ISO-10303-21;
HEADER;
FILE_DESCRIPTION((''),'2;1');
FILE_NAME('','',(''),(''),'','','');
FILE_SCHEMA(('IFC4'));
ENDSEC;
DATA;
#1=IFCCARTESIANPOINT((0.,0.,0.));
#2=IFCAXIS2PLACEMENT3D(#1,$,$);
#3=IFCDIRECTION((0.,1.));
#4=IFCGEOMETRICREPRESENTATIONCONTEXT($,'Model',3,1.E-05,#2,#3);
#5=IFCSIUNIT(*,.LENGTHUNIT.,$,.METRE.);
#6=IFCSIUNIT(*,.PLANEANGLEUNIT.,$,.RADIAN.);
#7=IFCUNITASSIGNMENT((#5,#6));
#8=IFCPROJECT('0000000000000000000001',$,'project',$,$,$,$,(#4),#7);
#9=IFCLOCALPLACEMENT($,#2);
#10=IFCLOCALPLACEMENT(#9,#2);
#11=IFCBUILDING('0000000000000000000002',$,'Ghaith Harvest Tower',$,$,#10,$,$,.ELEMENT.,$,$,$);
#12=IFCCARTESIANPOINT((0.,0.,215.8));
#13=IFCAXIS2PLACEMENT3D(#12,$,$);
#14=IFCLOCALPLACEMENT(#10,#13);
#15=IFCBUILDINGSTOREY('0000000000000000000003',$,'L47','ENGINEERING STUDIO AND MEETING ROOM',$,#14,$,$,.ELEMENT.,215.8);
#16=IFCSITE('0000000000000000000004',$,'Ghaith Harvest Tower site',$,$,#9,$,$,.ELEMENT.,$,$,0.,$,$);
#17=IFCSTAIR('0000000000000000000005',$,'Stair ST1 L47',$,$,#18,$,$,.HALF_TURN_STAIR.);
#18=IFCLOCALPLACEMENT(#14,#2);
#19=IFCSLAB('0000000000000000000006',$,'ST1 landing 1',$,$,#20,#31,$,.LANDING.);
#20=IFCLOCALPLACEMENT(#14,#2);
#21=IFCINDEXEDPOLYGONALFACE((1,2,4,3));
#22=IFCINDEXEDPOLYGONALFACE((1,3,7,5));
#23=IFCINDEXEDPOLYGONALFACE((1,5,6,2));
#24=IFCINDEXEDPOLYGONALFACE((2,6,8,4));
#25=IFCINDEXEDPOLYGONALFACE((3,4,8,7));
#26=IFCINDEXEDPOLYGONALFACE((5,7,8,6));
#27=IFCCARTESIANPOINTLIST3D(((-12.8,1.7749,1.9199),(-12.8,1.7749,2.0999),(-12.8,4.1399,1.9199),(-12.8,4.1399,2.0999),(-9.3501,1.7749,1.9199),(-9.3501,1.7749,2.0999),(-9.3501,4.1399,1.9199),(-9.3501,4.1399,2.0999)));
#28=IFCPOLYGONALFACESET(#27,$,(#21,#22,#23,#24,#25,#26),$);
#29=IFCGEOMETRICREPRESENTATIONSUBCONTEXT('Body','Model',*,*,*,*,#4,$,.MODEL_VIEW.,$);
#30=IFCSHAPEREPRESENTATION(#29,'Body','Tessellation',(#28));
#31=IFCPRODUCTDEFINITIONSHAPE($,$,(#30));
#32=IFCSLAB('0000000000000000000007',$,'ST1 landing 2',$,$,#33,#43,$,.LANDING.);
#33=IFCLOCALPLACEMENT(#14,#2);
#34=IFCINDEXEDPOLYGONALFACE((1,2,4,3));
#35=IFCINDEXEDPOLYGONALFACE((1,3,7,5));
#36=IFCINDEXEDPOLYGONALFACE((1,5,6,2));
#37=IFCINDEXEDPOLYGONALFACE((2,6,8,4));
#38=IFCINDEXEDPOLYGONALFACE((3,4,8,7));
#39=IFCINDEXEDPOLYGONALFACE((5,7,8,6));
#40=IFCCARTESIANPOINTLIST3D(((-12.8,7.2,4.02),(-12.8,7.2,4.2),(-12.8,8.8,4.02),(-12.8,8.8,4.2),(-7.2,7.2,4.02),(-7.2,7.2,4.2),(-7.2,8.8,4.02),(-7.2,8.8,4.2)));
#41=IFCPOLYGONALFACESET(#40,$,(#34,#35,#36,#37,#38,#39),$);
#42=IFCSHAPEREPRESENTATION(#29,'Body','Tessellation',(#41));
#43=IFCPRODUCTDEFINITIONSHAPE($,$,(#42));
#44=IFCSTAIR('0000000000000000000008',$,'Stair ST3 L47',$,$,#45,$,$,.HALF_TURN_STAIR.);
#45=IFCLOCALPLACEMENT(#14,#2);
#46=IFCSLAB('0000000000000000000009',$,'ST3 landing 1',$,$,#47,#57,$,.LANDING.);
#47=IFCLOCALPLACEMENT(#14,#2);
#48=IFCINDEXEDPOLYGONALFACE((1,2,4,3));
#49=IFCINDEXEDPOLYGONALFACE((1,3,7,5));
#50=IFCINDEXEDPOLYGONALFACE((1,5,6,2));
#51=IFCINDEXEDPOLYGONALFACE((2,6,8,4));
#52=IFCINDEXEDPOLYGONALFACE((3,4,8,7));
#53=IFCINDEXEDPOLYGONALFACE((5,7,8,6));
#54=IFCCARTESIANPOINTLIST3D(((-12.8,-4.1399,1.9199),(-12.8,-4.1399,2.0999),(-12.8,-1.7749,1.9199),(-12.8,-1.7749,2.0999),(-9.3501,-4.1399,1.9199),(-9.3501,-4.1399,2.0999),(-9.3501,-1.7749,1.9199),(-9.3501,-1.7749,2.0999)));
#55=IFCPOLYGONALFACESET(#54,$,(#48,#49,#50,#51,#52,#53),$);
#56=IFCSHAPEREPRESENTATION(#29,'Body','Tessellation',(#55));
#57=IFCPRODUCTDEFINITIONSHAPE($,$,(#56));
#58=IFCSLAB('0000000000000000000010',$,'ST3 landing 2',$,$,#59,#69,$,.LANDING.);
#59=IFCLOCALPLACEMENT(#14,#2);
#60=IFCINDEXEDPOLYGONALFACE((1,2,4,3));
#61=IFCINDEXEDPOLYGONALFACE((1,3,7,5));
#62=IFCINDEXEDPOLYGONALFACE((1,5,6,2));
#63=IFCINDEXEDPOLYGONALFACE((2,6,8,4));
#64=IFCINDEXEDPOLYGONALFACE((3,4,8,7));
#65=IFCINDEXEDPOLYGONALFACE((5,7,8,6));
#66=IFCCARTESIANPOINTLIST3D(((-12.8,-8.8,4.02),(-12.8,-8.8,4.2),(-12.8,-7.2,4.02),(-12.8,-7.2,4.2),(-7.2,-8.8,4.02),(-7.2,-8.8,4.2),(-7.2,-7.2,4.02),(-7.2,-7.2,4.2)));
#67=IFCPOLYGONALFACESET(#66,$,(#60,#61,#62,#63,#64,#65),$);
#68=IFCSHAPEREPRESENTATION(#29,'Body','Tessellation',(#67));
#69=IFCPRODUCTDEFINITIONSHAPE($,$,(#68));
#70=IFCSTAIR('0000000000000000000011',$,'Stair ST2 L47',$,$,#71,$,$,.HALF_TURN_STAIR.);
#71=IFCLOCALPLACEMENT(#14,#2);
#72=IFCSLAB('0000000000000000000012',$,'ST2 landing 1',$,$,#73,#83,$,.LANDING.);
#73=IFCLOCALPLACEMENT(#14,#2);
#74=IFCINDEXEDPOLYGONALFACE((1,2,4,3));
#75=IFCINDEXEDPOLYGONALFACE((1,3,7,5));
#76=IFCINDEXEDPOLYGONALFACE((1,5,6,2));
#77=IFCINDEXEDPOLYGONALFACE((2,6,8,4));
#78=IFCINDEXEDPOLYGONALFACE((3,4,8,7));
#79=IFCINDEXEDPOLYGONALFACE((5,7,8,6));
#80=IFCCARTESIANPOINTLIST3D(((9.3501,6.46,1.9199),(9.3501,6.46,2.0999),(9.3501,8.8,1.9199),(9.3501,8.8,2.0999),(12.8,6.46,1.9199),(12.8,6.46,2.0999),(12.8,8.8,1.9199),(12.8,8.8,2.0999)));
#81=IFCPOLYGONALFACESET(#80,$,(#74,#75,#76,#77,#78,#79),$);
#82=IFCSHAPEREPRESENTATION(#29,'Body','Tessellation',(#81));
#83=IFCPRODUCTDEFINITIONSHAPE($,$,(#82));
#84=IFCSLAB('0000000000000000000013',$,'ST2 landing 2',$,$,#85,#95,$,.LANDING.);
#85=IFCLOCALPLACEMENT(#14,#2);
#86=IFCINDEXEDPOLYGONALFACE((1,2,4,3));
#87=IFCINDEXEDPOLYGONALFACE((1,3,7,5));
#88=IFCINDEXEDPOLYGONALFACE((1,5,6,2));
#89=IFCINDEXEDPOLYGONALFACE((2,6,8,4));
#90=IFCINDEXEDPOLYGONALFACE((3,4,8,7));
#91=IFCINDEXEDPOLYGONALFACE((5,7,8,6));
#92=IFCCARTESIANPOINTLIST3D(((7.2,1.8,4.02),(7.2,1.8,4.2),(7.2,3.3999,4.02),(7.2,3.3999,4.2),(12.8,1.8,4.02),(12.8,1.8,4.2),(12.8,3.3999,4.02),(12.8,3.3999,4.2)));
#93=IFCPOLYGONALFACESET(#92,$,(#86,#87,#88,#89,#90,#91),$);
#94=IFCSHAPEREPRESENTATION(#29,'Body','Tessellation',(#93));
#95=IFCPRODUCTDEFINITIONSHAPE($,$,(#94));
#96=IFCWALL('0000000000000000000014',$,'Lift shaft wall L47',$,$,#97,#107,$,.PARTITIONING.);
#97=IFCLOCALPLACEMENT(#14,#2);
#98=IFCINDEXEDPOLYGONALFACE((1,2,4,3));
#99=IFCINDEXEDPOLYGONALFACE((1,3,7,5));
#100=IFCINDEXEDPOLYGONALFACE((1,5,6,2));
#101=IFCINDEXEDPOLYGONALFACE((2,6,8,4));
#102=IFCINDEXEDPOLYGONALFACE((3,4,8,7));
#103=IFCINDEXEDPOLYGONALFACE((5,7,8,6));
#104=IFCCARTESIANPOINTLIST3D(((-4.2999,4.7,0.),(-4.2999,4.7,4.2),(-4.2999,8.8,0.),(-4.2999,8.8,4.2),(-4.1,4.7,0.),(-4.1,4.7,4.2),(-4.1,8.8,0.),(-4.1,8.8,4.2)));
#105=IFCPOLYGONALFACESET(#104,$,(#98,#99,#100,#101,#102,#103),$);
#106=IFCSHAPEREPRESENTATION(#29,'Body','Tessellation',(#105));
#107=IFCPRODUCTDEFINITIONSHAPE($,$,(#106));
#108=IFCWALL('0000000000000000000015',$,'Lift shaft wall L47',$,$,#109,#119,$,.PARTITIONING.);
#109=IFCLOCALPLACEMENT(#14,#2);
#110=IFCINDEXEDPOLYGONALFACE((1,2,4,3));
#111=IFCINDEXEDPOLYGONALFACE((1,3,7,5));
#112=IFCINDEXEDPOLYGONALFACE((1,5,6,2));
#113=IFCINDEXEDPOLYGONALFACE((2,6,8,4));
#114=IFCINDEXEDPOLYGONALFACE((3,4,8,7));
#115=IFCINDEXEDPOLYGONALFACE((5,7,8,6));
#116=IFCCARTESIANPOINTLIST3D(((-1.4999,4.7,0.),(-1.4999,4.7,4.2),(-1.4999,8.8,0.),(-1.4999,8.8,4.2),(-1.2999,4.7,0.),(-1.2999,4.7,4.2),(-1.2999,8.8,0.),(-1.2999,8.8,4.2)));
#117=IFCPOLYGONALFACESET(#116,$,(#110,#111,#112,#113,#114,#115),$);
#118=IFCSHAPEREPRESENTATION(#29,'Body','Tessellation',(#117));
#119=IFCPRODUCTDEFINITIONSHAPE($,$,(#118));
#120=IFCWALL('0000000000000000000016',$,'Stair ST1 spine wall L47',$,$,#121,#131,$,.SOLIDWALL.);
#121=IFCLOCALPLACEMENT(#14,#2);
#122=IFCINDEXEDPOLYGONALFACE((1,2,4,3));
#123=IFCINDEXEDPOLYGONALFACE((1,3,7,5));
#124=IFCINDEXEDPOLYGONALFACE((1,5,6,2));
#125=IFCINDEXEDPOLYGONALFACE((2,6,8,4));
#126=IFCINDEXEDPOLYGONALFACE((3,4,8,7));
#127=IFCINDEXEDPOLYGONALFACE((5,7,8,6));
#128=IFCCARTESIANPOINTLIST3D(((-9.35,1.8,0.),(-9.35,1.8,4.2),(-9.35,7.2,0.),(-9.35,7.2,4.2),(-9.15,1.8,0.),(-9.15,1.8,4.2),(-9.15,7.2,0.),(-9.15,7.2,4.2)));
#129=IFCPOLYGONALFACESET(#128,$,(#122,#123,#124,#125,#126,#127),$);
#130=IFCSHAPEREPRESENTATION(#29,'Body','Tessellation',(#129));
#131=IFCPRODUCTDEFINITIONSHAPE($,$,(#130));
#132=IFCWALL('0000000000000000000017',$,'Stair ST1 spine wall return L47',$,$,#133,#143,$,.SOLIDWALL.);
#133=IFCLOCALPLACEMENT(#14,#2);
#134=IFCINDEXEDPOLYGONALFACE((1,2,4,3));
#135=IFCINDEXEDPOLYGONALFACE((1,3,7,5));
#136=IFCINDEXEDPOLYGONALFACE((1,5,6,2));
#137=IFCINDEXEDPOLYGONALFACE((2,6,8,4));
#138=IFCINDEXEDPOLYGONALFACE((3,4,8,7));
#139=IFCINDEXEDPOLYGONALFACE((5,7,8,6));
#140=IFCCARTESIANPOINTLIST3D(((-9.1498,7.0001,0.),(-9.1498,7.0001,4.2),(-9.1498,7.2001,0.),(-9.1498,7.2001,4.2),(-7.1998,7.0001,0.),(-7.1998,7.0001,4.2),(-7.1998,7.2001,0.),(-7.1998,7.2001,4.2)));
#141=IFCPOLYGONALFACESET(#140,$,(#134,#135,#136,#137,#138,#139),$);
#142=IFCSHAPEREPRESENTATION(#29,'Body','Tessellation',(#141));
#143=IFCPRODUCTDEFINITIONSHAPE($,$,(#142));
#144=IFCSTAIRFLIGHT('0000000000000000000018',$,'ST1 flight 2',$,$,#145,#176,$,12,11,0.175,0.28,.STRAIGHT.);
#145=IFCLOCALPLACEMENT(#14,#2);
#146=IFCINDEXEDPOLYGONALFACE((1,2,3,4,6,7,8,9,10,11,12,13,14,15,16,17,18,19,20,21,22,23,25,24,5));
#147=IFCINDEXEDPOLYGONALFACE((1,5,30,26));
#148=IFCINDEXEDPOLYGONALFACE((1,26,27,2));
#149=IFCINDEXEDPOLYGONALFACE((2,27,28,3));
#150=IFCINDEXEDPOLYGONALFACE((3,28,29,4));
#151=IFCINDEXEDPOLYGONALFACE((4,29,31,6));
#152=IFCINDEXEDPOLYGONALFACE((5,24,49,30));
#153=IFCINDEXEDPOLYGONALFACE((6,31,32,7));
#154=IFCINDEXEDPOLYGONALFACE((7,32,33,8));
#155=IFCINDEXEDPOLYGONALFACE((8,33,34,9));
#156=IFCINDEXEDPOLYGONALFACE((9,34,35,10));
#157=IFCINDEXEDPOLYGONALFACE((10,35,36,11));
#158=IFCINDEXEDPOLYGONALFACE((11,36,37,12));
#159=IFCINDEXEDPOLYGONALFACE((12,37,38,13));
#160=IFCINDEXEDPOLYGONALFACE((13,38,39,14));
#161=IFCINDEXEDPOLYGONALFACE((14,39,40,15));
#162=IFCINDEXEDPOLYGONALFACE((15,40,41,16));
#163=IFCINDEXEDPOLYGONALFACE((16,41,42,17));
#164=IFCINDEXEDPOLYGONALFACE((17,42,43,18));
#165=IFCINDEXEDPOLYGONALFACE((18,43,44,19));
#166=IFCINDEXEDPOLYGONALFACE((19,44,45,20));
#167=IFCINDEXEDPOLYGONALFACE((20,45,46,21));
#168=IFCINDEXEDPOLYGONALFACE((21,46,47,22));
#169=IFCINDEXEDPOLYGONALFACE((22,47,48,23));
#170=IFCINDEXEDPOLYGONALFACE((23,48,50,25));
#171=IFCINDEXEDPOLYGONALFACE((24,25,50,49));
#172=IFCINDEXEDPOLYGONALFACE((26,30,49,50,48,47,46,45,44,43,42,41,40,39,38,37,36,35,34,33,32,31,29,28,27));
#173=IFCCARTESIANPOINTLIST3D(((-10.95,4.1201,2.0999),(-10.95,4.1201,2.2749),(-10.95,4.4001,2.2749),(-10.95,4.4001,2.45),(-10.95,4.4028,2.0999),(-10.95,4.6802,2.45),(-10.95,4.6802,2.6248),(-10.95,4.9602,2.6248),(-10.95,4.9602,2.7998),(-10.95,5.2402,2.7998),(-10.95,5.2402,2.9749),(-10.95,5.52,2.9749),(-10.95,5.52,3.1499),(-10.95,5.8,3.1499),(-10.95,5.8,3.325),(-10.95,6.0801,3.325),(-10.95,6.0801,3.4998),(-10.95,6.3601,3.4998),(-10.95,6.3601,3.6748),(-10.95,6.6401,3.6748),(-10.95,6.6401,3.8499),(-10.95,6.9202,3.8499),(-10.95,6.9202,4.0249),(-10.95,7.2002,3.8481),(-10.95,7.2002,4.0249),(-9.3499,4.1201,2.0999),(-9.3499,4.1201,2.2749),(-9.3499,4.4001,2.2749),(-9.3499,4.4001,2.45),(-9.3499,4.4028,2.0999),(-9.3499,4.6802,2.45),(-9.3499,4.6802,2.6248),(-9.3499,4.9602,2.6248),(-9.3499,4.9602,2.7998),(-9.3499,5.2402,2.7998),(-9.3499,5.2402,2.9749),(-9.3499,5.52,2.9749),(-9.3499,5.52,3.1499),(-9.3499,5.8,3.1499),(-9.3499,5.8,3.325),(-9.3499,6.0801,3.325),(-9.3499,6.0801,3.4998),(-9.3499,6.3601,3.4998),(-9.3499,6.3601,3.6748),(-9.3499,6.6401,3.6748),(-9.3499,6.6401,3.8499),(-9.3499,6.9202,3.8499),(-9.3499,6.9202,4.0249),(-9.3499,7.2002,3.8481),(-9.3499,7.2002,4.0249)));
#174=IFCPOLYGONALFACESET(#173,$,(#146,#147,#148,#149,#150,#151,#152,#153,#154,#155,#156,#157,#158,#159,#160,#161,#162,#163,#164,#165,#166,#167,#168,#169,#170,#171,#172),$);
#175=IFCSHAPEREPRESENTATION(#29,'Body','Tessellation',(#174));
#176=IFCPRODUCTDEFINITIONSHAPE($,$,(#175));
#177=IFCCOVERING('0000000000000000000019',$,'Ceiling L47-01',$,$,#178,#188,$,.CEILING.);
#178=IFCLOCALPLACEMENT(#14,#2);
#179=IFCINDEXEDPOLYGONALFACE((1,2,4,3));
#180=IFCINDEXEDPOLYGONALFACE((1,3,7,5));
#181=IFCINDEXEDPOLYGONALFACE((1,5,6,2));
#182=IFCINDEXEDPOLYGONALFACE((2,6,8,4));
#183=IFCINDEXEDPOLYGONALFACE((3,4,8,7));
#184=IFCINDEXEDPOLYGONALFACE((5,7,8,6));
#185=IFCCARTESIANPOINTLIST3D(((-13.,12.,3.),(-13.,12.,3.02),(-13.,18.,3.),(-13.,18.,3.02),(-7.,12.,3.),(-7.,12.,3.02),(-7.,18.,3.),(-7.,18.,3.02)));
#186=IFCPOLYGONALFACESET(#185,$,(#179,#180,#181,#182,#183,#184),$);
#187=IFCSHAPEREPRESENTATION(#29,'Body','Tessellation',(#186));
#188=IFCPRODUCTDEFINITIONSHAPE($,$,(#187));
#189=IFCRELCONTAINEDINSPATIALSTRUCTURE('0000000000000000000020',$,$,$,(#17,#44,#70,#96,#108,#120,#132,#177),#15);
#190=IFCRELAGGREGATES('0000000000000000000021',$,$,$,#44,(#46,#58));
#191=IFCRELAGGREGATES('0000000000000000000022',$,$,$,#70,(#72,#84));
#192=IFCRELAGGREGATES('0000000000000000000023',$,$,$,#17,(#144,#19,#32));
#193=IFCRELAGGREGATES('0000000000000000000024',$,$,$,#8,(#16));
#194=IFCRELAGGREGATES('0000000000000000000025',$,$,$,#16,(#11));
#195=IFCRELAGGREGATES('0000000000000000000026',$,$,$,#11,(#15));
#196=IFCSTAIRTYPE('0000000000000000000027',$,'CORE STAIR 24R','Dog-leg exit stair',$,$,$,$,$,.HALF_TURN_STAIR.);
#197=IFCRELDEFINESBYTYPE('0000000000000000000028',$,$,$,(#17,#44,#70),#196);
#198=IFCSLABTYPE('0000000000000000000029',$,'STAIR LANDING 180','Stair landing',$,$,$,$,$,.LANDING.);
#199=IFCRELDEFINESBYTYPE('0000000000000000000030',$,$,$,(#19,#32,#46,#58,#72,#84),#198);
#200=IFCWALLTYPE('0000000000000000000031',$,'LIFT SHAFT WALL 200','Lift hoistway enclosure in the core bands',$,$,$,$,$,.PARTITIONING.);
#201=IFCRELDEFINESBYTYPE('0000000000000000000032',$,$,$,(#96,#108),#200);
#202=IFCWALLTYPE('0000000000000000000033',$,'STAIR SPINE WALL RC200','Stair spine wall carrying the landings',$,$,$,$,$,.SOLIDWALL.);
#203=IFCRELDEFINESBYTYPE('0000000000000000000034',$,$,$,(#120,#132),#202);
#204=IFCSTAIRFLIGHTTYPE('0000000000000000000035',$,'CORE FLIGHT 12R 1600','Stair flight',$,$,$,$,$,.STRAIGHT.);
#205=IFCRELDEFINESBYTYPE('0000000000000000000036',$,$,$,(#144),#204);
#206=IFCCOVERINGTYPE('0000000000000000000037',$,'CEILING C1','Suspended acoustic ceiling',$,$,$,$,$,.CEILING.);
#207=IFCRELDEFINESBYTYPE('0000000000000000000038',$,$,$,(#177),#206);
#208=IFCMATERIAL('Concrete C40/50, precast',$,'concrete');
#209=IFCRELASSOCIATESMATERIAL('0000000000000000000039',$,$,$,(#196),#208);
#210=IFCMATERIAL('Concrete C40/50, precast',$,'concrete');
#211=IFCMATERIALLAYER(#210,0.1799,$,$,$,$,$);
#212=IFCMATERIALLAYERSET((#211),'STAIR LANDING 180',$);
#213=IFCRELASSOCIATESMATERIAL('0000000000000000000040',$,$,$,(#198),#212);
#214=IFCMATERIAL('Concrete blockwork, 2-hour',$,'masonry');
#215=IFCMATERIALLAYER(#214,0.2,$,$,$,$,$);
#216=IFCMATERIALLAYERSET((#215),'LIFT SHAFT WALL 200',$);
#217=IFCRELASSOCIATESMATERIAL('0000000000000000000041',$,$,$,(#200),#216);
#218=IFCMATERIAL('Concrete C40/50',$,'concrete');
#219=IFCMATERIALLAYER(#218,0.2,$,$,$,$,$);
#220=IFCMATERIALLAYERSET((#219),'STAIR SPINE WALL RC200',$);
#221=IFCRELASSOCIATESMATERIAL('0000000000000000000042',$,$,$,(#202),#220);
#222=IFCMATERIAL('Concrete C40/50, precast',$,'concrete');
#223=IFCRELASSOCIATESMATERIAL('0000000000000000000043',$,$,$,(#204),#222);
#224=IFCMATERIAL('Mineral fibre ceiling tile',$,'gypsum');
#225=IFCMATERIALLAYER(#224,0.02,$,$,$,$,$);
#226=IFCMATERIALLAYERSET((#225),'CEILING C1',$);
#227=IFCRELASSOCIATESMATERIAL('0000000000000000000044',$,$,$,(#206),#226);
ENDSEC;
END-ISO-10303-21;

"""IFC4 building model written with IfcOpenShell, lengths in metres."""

from ifc_helpers import new_model, si_unit, direction, frame, frame_2d, origin, place, context, subcontext, project, spatial, polyline, rectangle, outline, extrude, material, layer, layer_set, type_object, element, aggregate, save


model = new_model("IFC4")

# Units and contexts
model_context = context("Model", 3, precision=1e-05, world=origin(), true_north=direction((0.0, 1.0)))
body_context = subcontext(model_context, "Body", "Model", "MODEL_VIEW")
ifc_project = project(units=[si_unit("LENGTHUNIT", "METRE"), si_unit("PLANEANGLEUNIT", "RADIAN")], contexts=[model_context])

# Site, building, storey
site_placement = place(None, origin())
site = spatial("IfcSite", under=ifc_project, at=site_placement, Name="Ghaith Harvest Tower site", CompositionType="ELEMENT", RefElevation=0.0)
building_placement = place(site_placement, origin())
building = spatial("IfcBuilding", under=site, at=building_placement, Name="Ghaith Harvest Tower", CompositionType="ELEMENT")
storey_placement = place(building_placement, frame((0.0, 0.0, 215.8)))
storey = spatial("IfcBuildingStorey", under=building, at=storey_placement, Name="L47", Description="ENGINEERING STUDIO AND MEETING ROOM", CompositionType="ELEMENT", Elevation=215.8)

# Stairs, slabs
ifc_material_1 = material(Name="Concrete C40/50, precast", Category="concrete")
stair_type = type_object("IfcStairType", Name="CORE STAIR 24R", Description="Dog-leg exit stair", PredefinedType="HALF_TURN_STAIR", material=ifc_material_1)
stair_1_placement = place(storey_placement, origin())
stair_1 = element("IfcStair", 1, at=stair_1_placement, inside=storey, type_object=stair_type, Name="Stair ST1 L47", PredefinedType="HALF_TURN_STAIR")
ifc_material_2 = material(Name="Concrete C40/50, precast", Category="concrete")
ifc_layer_1 = layer(ifc_material_2, 0.1799)
ifc_layer_set_1 = layer_set([ifc_layer_1], Name="STAIR LANDING 180")
slab_type_1 = type_object("IfcSlabType", Name="STAIR LANDING 180", Description="Stair landing", PredefinedType="LANDING", material=ifc_layer_set_1)
slab_1_placement = place(storey_placement, frame((0.0, 0.0, 1.9199)))
slab_1 = element("IfcSlab", 2, at=slab_1_placement, type_object=slab_type_1, Name="ST1 landing 1", PredefinedType="LANDING", context=body_context, shape_type="SweptSolid", body=[
    extrude(outline(polyline([(-12.8, 4.1399), (-12.8, 1.7749), (-9.3501, 1.7749), (-9.3501, 4.1399), (-12.8, 4.1399)])), origin(), (0.0, 0.0, 1.0), 0.1799),
])
slab_2_placement = place(storey_placement, frame((0.0, 0.0, 4.02)))
slab_2 = element("IfcSlab", 3, at=slab_2_placement, type_object=slab_type_1, Name="ST1 landing 2", PredefinedType="LANDING", context=body_context, shape_type="SweptSolid", body=[
    extrude(outline(polyline([(-12.8, 8.8), (-12.8, 7.2), (-7.2, 7.2), (-7.2, 8.8), (-12.8, 8.8)])), origin(), (0.0, 0.0, 1.0), 0.1799),
])
stair_2_placement = place(storey_placement, origin())
stair_2 = element("IfcStair", 4, at=stair_2_placement, inside=storey, type_object=stair_type, Name="Stair ST3 L47", PredefinedType="HALF_TURN_STAIR")
slab_3_placement = place(storey_placement, frame((0.0, 0.0, 1.9199)))
slab_3 = element("IfcSlab", 5, at=slab_3_placement, type_object=slab_type_1, Name="ST3 landing 1", PredefinedType="LANDING", context=body_context, shape_type="SweptSolid", body=[
    extrude(outline(polyline([(-12.8, -4.1399), (-12.8, -1.7749), (-9.3501, -1.7749), (-9.3501, -4.1399), (-12.8, -4.1399)])), origin(), (0.0, 0.0, 1.0), 0.1799),
])
slab_4_placement = place(storey_placement, frame((0.0, 0.0, 4.02)))
slab_4 = element("IfcSlab", 6, at=slab_4_placement, type_object=slab_type_1, Name="ST3 landing 2", PredefinedType="LANDING", context=body_context, shape_type="SweptSolid", body=[
    extrude(outline(polyline([(-12.8, -8.8), (-12.8, -7.2), (-7.2, -7.2), (-7.2, -8.8), (-12.8, -8.8)])), origin(), (0.0, 0.0, 1.0), 0.1799),
])
aggregate(stair_2, [slab_3, slab_4])
stair_3_placement = place(storey_placement, origin())
stair_3 = element("IfcStair", 7, at=stair_3_placement, inside=storey, type_object=stair_type, Name="Stair ST2 L47", PredefinedType="HALF_TURN_STAIR")
slab_5_placement = place(storey_placement, frame((0.0, 0.0, 1.9199)))
slab_5 = element("IfcSlab", 8, at=slab_5_placement, type_object=slab_type_1, Name="ST2 landing 1", PredefinedType="LANDING", context=body_context, shape_type="SweptSolid", body=[
    extrude(outline(polyline([(12.8, 6.46), (12.8, 8.8), (9.3501, 8.8), (9.3501, 6.46), (12.8, 6.46)])), origin(), (0.0, 0.0, 1.0), 0.1799),
])
slab_6_placement = place(storey_placement, frame((0.0, 0.0, 4.02)))
slab_6 = element("IfcSlab", 9, at=slab_6_placement, type_object=slab_type_1, Name="ST2 landing 2", PredefinedType="LANDING", context=body_context, shape_type="SweptSolid", body=[
    extrude(outline(polyline([(12.8, 1.8), (12.8, 3.3999), (7.2, 3.3999), (7.2, 1.8), (12.8, 1.8)])), origin(), (0.0, 0.0, 1.0), 0.1799),
])
aggregate(stair_3, [slab_5, slab_6])

# Walls
ifc_material_3 = material(Name="Concrete blockwork, 2-hour", Category="masonry")
ifc_layer_2 = layer(ifc_material_3, 0.2)
ifc_layer_set_2 = layer_set([ifc_layer_2], Name="LIFT SHAFT WALL 200")
wall_type_1 = type_object("IfcWallType", Name="LIFT SHAFT WALL 200", Description="Lift hoistway enclosure in the core bands", PredefinedType="PARTITIONING", material=ifc_layer_set_2)
for number, where, z_axis, x_axis, name in (
    (10, (-4.2, 4.7, 0.0), (0.0, 0.0, 1.0), (0.0, 1.0, 0.0), "Lift shaft wall L47"),
    (11, (-1.3999, 4.7, 0.0), (0.0, 0.0, 1.0), (0.0, 1.0, 0.0), "Lift shaft wall L47"),
):
    element("IfcWall", number, at=place(storey_placement, frame(where, z_axis=z_axis, x_axis=x_axis)), inside=storey, type_object=wall_type_1, Name=name, PredefinedType="PARTITIONING", context=body_context, shape_type="SweptSolid", body=[
        extrude(rectangle(XDim=4.1001, YDim=0.2, at=frame_2d((2.05, 0.0))), origin(), (0.0, 0.0, 1.0), 4.2),
    ])

# Walls
ifc_material_4 = material(Name="Concrete C40/50", Category="concrete")
ifc_layer_3 = layer(ifc_material_4, 0.2)
ifc_layer_set_3 = layer_set([ifc_layer_3], Name="STAIR SPINE WALL RC200")
wall_type_2 = type_object("IfcWallType", Name="STAIR SPINE WALL RC200", Description="Stair spine wall carrying the landings", PredefinedType="SOLIDWALL", material=ifc_layer_set_3)
wall_1_placement = place(storey_placement, frame((-9.25, 7.2, 0.0), z_axis=(0.0, 0.0, 1.0), x_axis=(0.0, -1.0, 0.0)))
element("IfcWall", 12, at=wall_1_placement, inside=storey, type_object=wall_type_2, Name="Stair ST1 spine wall L47", PredefinedType="SOLIDWALL", context=body_context, shape_type="SweptSolid", body=[
    extrude(rectangle(XDim=5.3999, YDim=0.2, at=frame_2d((2.7, 0.0))), origin(), (0.0, 0.0, 1.0), 4.2),
])
wall_2_placement = place(storey_placement, frame((-9.1499, 7.1001, 0.0), z_axis=(0.0, 0.0, 1.0), x_axis=(1.0, 0.0, 0.0)))
element("IfcWall", 13, at=wall_2_placement, inside=storey, type_object=wall_type_2, Name="Stair ST1 spine wall return L47", PredefinedType="SOLIDWALL", context=body_context, shape_type="SweptSolid", body=[
    extrude(rectangle(XDim=1.95, YDim=0.2, at=frame_2d((0.9751, 0.0))), origin(), (0.0, 0.0, 1.0), 4.2),
])

# Stair flight
ifc_material_5 = material(Name="Concrete C40/50, precast", Category="concrete")
stair_flight_type = type_object("IfcStairFlightType", Name="CORE FLIGHT 12R 1600", Description="Stair flight", PredefinedType="STRAIGHT", material=ifc_material_5)
stair_flight_placement = place(storey_placement, frame((-10.1499, 4.1201, 2.0999), z_axis=(0.0, 0.0, 1.0), x_axis=(0.0, 1.0, 0.0)))
stair_flight = element("IfcStairFlight", 14, at=stair_flight_placement, type_object=stair_flight_type, Name="ST1 flight 2", NumberOfRisers=12, NumberOfTreads=11, PredefinedType="STRAIGHT", RiserHeight=0.175, TreadLength=0.28, context=body_context, shape_type="SweptSolid", body=[
    extrude(outline(polyline([(0.0, 0.0), (0.0, 0.175), (0.28, 0.175), (0.28, 0.3501), (0.5601, 0.3501), (0.5601, 0.5249), (0.8401, 0.5249), (0.8401, 0.7), (1.1201, 0.7), (1.1201, 0.875), (1.3999, 0.875), (1.3999, 1.05), (1.6799, 1.05), (1.6799, 1.2251), (1.96, 1.2251), (1.96, 1.3999), (2.24, 1.3999), (2.24, 1.575), (2.52, 1.575), (2.52, 1.75), (2.8, 1.75), (2.8, 1.925), (3.0801, 1.925), (3.0801, 2.1001), (3.0801, 1.7483), (0.2827, 0.0), (0.0, 0.0)])), frame((0.0, 0.8, 0.0), z_axis=(0.0, -1.0, 0.0), x_axis=(1.0, 0.0, 0.0)), (0.0, 0.0, 1.0), 1.6001),
])
aggregate(stair_1, [stair_flight, slab_1, slab_2])

# Covering
ifc_material_6 = material(Name="Mineral fibre ceiling tile", Category="gypsum")
ifc_layer_4 = layer(ifc_material_6, 0.02)
ifc_layer_set_4 = layer_set([ifc_layer_4], Name="CEILING C1")
covering_type = type_object("IfcCoveringType", Name="CEILING C1", Description="Suspended acoustic ceiling", PredefinedType="CEILING", material=ifc_layer_set_4)
covering_1_placement = place(storey_placement, frame((0.0, 0.0, 3.0)))
element("IfcCovering", 15, at=covering_1_placement, inside=storey, type_object=covering_type, Name="Ceiling L47-01", PredefinedType="CEILING", context=body_context, shape_type="SweptSolid", body=[
    extrude(outline(polyline([(-13.0, 12.0), (-7.0, 12.0), (-7.0, 18.0), (-13.0, 18.0), (-13.0, 12.0)])), origin(), (0.0, 0.0, 1.0), 0.02),
])

save(model, "model.ifc")
